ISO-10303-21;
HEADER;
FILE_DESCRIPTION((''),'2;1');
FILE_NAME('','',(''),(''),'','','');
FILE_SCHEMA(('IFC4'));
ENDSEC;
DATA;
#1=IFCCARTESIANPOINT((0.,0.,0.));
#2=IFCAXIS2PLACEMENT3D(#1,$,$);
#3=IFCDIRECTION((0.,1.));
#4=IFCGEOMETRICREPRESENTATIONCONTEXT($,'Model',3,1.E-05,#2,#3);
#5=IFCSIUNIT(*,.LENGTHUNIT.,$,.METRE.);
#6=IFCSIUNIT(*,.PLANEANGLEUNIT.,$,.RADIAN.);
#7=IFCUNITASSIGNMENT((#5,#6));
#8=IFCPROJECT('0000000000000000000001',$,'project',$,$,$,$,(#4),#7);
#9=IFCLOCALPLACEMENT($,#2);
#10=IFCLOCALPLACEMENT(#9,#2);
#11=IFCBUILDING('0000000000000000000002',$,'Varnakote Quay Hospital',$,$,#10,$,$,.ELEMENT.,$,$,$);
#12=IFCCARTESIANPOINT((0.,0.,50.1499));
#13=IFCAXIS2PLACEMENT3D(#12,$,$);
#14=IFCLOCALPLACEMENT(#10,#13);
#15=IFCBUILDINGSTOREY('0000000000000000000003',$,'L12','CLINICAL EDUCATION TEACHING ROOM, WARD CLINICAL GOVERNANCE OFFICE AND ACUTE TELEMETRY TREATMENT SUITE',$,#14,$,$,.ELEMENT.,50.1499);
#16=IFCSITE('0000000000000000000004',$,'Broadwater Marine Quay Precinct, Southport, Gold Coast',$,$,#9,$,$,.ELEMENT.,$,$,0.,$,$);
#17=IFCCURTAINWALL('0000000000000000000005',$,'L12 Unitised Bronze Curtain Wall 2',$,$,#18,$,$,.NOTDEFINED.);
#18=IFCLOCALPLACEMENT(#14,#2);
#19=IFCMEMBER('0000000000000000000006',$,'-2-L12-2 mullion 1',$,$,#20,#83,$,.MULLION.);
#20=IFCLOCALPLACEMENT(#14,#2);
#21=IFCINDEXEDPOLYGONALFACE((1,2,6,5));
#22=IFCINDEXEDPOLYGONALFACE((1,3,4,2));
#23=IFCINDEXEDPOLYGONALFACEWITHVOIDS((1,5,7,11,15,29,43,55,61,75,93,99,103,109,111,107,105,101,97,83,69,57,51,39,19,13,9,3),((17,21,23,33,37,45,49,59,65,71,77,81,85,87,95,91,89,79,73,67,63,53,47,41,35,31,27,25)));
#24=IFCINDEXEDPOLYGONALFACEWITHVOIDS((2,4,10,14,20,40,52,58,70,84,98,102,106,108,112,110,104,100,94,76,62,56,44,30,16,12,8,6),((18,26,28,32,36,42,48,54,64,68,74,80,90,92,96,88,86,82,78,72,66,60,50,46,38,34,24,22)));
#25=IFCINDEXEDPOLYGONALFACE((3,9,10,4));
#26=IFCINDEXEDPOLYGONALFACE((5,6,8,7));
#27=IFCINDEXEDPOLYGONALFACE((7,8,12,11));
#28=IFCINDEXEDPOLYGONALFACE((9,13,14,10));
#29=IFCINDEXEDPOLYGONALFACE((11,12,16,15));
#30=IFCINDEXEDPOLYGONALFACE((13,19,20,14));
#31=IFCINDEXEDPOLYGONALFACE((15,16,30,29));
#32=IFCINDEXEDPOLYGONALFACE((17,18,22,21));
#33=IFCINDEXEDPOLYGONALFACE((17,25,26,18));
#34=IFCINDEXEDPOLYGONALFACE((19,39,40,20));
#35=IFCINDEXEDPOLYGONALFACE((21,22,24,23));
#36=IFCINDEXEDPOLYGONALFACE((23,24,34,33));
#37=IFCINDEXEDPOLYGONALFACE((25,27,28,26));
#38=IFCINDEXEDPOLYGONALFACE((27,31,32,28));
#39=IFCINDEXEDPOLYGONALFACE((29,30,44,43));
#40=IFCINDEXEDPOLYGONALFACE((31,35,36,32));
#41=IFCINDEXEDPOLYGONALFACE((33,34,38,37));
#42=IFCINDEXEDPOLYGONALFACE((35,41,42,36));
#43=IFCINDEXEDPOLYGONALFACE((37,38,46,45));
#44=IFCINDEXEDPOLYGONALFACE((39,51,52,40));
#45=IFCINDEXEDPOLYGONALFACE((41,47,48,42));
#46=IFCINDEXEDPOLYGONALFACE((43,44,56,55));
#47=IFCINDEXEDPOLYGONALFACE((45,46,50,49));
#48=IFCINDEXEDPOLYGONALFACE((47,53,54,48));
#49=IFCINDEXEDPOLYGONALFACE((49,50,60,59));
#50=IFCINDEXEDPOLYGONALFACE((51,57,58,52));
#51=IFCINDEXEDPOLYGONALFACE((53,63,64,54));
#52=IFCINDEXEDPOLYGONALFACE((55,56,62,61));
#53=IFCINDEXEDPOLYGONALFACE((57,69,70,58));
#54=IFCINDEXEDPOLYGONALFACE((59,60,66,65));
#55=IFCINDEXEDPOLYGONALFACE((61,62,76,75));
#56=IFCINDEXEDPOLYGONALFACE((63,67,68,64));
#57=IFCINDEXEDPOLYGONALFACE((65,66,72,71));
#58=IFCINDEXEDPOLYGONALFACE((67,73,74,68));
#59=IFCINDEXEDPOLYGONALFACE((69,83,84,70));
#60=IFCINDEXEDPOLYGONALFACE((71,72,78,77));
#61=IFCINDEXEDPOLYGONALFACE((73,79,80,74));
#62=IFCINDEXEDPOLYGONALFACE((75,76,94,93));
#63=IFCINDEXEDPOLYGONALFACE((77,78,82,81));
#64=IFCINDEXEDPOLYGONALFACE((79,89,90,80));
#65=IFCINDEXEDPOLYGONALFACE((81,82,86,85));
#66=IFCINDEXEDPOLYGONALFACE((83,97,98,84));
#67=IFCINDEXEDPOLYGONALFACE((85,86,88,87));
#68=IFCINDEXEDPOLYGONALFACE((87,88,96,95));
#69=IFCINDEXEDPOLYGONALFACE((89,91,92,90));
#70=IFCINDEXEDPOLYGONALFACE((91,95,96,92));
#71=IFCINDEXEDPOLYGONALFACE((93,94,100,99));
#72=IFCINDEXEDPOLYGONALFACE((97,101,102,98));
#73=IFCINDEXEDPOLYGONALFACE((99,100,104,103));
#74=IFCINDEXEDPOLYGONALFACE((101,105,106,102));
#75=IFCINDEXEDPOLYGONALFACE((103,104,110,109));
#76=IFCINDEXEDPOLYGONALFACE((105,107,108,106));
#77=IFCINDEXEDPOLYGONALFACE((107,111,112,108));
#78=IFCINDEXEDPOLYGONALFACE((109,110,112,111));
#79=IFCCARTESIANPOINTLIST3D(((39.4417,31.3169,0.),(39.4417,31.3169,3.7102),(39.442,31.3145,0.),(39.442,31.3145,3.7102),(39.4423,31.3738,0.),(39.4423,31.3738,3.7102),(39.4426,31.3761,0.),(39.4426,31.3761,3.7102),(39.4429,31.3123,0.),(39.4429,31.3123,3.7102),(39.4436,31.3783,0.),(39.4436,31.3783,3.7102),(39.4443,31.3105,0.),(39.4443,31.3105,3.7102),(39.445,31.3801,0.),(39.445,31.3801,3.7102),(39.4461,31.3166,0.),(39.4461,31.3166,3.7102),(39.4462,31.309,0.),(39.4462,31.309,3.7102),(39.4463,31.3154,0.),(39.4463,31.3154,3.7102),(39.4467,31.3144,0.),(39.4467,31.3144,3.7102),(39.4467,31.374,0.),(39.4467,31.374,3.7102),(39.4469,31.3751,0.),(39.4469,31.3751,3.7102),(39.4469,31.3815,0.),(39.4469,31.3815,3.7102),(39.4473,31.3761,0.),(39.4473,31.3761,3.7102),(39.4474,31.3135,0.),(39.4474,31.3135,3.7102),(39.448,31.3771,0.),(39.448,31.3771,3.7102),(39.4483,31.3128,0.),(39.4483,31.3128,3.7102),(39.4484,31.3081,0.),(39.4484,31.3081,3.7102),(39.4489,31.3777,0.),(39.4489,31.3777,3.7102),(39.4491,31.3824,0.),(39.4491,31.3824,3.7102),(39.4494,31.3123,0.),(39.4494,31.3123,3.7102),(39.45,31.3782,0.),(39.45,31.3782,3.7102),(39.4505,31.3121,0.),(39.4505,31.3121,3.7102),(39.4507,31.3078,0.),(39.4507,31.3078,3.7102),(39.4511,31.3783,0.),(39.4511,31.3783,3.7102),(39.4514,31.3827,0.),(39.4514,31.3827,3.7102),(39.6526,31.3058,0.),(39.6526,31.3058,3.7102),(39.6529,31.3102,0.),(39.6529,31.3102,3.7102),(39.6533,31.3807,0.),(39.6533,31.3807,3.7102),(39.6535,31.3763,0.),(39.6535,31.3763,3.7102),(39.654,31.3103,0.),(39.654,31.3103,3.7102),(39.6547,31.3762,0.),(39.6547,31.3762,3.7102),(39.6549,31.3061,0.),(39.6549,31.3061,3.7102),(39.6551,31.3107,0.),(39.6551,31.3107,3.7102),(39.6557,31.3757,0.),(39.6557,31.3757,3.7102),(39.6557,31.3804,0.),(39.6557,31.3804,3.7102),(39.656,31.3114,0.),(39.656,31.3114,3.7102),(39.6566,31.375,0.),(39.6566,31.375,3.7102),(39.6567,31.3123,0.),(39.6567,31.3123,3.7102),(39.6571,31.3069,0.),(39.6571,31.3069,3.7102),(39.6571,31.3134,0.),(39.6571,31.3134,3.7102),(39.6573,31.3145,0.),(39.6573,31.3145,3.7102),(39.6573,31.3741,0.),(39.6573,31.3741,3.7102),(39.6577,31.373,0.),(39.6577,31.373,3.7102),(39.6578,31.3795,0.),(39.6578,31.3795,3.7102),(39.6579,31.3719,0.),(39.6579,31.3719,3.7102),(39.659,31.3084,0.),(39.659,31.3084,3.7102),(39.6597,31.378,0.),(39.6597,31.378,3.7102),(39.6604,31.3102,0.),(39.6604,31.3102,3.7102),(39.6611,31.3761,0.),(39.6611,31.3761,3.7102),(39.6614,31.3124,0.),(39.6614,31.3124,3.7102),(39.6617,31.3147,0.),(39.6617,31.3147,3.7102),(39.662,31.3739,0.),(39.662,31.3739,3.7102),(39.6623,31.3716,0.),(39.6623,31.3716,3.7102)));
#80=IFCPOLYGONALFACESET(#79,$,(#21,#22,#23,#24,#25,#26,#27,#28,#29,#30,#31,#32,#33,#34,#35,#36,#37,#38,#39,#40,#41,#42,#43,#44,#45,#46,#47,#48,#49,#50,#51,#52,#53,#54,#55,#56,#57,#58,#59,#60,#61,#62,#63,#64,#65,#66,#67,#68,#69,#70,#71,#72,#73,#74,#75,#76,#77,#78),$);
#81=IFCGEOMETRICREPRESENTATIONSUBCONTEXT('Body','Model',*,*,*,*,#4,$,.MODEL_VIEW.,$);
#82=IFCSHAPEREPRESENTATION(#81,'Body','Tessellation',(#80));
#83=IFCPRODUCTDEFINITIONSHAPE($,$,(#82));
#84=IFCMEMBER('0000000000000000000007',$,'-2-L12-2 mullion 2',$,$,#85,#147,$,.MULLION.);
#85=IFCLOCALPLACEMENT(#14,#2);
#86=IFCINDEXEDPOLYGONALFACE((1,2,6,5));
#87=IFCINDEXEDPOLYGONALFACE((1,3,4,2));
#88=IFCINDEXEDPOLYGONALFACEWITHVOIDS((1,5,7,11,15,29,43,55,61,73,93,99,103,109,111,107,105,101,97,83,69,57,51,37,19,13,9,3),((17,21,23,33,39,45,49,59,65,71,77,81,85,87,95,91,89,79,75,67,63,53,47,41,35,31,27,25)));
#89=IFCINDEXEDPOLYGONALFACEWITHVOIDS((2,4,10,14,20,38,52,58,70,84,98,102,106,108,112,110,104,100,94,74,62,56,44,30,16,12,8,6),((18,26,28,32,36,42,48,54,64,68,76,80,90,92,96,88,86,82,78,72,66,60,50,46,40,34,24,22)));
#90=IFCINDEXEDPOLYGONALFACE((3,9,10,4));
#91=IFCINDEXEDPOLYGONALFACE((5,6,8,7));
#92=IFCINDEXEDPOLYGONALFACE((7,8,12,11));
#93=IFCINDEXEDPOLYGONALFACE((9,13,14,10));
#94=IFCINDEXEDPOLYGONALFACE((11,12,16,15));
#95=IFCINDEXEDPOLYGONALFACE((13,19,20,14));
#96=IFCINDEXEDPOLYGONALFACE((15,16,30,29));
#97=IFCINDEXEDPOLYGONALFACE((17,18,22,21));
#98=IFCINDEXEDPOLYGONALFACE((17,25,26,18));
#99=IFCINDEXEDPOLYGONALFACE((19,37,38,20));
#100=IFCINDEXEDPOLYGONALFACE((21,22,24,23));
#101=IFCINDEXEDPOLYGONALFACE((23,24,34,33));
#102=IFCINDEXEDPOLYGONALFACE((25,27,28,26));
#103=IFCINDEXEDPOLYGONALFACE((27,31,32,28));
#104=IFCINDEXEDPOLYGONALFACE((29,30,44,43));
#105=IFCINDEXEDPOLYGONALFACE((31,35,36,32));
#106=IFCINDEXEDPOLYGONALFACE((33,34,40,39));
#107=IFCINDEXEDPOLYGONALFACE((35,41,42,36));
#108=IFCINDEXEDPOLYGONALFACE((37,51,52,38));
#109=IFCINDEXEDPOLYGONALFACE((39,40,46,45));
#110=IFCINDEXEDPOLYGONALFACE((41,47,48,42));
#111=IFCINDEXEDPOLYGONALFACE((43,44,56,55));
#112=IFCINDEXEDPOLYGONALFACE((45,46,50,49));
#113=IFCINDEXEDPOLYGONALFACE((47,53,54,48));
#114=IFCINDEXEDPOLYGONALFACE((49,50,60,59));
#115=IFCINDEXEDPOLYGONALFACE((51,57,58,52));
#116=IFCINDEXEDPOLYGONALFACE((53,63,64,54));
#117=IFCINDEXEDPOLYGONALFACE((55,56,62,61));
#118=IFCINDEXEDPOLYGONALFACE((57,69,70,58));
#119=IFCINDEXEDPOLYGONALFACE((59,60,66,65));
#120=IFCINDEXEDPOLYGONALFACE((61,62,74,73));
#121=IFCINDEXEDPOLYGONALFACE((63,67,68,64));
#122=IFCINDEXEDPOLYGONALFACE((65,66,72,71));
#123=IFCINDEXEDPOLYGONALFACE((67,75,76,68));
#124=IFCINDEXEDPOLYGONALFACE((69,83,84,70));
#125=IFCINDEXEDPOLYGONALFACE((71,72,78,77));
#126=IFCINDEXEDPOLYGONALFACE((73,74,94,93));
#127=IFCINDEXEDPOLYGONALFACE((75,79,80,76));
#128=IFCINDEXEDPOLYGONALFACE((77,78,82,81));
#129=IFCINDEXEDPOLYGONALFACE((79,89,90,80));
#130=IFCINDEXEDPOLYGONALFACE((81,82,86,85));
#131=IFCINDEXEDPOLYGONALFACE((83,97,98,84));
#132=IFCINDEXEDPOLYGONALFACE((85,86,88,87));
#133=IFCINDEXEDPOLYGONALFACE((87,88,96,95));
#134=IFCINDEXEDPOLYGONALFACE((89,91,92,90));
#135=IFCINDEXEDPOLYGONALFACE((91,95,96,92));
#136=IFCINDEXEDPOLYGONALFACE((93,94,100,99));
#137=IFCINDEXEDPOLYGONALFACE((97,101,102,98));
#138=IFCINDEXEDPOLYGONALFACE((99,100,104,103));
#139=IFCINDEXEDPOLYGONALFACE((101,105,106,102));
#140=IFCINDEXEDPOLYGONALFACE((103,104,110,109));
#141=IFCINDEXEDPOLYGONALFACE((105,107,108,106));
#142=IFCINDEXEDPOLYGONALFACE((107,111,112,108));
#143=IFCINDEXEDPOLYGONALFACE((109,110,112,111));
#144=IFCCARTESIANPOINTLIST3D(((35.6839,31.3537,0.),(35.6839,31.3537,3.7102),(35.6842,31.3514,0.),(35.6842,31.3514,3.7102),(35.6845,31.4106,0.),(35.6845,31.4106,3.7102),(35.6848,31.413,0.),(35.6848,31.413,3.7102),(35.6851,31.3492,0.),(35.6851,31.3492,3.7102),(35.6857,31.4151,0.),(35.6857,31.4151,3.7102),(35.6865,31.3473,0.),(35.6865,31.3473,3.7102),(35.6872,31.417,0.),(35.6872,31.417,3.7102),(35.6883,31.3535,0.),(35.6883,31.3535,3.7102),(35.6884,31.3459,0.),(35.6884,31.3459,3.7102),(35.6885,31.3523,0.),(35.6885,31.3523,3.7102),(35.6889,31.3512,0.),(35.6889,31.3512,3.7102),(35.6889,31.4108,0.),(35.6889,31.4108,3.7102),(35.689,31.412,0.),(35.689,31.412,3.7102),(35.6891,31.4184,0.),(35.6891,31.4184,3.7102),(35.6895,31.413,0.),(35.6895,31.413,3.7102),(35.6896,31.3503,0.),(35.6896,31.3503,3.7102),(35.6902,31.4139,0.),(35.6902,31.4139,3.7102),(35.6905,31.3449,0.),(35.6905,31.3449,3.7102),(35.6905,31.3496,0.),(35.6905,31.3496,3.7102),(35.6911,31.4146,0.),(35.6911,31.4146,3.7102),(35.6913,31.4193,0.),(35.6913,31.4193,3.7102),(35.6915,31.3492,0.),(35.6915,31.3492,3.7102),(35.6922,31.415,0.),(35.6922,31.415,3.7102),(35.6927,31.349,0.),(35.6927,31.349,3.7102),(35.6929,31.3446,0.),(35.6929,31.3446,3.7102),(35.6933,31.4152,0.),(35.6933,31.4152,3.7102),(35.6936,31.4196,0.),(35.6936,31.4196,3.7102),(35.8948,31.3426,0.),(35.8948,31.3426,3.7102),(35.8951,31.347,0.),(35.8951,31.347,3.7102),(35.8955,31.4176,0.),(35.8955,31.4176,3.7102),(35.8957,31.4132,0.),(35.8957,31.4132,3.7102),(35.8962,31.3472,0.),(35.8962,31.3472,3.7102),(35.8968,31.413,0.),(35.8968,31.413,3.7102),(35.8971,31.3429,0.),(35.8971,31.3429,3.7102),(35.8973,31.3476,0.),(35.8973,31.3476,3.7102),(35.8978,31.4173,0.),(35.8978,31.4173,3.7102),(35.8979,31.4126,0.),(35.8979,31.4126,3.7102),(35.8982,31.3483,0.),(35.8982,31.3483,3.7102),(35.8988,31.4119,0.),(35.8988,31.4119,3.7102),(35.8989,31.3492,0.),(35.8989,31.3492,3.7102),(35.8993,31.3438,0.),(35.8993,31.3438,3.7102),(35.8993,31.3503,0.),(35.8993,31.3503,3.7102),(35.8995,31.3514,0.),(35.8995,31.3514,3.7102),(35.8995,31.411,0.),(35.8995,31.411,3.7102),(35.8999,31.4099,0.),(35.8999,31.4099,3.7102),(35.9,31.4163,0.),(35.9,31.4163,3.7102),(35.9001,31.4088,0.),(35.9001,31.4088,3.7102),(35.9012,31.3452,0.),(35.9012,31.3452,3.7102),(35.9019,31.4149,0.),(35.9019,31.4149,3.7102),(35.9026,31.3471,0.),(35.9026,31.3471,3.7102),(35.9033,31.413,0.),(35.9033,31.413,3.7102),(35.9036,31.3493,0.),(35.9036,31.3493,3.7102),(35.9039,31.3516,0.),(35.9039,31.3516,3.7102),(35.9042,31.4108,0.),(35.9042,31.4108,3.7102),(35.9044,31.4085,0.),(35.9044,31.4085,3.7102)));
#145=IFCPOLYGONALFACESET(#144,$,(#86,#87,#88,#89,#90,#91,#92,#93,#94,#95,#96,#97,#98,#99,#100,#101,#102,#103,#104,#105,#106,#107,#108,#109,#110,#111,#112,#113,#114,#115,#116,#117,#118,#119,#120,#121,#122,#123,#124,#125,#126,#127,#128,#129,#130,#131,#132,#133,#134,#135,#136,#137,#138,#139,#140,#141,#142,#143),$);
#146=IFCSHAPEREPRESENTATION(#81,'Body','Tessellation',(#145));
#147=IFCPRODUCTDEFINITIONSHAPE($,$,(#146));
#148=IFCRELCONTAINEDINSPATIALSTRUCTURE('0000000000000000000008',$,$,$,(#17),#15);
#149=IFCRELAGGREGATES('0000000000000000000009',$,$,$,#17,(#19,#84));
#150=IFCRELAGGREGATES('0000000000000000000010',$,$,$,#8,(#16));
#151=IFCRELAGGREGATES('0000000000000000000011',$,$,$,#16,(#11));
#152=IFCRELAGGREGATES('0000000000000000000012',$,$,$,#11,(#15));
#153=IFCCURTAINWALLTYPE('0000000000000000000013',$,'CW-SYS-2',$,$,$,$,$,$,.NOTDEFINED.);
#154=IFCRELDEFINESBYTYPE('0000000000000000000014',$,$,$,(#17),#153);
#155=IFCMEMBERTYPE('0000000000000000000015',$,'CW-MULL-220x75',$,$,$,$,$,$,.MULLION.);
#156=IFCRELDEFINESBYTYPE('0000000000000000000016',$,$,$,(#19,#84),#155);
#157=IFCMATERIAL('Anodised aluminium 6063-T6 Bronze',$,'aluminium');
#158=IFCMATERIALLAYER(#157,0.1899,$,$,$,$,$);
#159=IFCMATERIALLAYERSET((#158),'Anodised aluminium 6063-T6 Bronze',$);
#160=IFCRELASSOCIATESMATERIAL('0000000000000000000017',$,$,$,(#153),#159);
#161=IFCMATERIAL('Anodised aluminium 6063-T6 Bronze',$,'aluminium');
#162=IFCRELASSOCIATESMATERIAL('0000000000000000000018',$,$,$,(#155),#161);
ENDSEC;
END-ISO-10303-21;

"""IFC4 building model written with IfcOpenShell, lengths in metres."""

from ifc_helpers import new_model, si_unit, direction, frame, origin, origin_2d, place, context, subcontext, project, spatial, hollow_rectangle, extrude, material, layer, layer_set, material_profile, profile_set, type_object, element, aggregate, save


model = new_model("IFC4")

# Units and contexts
model_context = context("Model", 3, precision=1e-05, world=origin(), true_north=direction((0.0, 1.0)))
body_context = subcontext(model_context, "Body", "Model", "MODEL_VIEW")
ifc_project = project(units=[si_unit("LENGTHUNIT", "METRE"), si_unit("PLANEANGLEUNIT", "RADIAN")], contexts=[model_context])

# Site, building, storey
site_placement = place(None, origin())
site = spatial("IfcSite", under=ifc_project, at=site_placement, Name="Broadwater Marine Quay Precinct, Southport, Gold Coast", CompositionType="ELEMENT", RefElevation=0.0)
building_placement = place(site_placement, origin())
building = spatial("IfcBuilding", under=site, at=building_placement, Name="Varnakote Quay Hospital", CompositionType="ELEMENT")
storey_placement = place(building_placement, frame((0.0, 0.0, 50.1499)))
storey = spatial("IfcBuildingStorey", under=building, at=storey_placement, Name="L12", Description="CLINICAL EDUCATION TEACHING ROOM, WARD CLINICAL GOVERNANCE OFFICE AND ACUTE TELEMETRY TREATMENT SUITE", CompositionType="ELEMENT", Elevation=50.1499)

# Shared definitions
ifc_material_1 = material(Name="Anodised aluminium 6063-T6 Bronze", Category="aluminium")
ifc_layer_1 = layer(ifc_material_1, 0.1899)
ifc_layer_set_1 = layer_set([ifc_layer_1], Name="Anodised aluminium 6063-T6 Bronze")
curtain_wall_type = type_object("IfcCurtainWallType", Name="CW-SYS-2", PredefinedType="NOTDEFINED", material=ifc_layer_set_1)
ifc_material_2 = material(Name="Anodised aluminium 6063-T6 Bronze", Category="aluminium")
ifc_material_profile_1 = material_profile(ifc_material_2, hollow_rectangle(XDim=0.075, YDim=0.22, WallThickness=0.0044, InnerFilletRadius=0.0044, OuterFilletRadius=0.009, at=origin_2d()), Name="CW-MULL-220x75")
ifc_profile_set_1 = profile_set([ifc_material_profile_1], Name="Anodised aluminium 6063-T6 Bronze")
member_type_1 = type_object("IfcMemberType", Name="CW-MULL-220x75", PredefinedType="MULLION", material=ifc_profile_set_1)

# Curtain wall, members
curtain_wall_1_placement = place(storey_placement, origin())
curtain_wall_1 = element("IfcCurtainWall", 1, at=curtain_wall_1_placement, inside=storey, type_object=curtain_wall_type, Name="L12 Unitised Bronze Curtain Wall 2", PredefinedType="NOTDEFINED")
member_1_placement = place(storey_placement, frame((39.552, 31.3442, 0.0), z_axis=(0.0, 0.0, 1.0), x_axis=(-0.009774, -0.999952, 0.0)))
member_1 = element("IfcMember", 2, at=member_1_placement, type_object=member_type_1, Name="-2-L12-2 mullion 1", PredefinedType="MULLION", context=body_context, shape_type="SweptSolid", body=[
    extrude(hollow_rectangle(XDim=0.075, YDim=0.22, WallThickness=0.0044, InnerFilletRadius=0.0044, OuterFilletRadius=0.009, at=origin_2d()), origin(), (0.0, 0.0, 1.0), 3.7102),
])
member_2_placement = place(storey_placement, frame((35.7942, 31.3811, 0.0), z_axis=(0.0, 0.0, 1.0), x_axis=(-0.009774, -0.999952, 0.0)))
member_2 = element("IfcMember", 3, at=member_2_placement, type_object=member_type_1, Name="-2-L12-2 mullion 2", PredefinedType="MULLION", context=body_context, shape_type="SweptSolid", body=[
    extrude(hollow_rectangle(XDim=0.075, YDim=0.22, WallThickness=0.0044, InnerFilletRadius=0.0044, OuterFilletRadius=0.009, at=origin_2d()), origin(), (0.0, 0.0, 1.0), 3.7102),
])

aggregate(curtain_wall_1, [member_1, member_2])

save(model, "model.ifc")
